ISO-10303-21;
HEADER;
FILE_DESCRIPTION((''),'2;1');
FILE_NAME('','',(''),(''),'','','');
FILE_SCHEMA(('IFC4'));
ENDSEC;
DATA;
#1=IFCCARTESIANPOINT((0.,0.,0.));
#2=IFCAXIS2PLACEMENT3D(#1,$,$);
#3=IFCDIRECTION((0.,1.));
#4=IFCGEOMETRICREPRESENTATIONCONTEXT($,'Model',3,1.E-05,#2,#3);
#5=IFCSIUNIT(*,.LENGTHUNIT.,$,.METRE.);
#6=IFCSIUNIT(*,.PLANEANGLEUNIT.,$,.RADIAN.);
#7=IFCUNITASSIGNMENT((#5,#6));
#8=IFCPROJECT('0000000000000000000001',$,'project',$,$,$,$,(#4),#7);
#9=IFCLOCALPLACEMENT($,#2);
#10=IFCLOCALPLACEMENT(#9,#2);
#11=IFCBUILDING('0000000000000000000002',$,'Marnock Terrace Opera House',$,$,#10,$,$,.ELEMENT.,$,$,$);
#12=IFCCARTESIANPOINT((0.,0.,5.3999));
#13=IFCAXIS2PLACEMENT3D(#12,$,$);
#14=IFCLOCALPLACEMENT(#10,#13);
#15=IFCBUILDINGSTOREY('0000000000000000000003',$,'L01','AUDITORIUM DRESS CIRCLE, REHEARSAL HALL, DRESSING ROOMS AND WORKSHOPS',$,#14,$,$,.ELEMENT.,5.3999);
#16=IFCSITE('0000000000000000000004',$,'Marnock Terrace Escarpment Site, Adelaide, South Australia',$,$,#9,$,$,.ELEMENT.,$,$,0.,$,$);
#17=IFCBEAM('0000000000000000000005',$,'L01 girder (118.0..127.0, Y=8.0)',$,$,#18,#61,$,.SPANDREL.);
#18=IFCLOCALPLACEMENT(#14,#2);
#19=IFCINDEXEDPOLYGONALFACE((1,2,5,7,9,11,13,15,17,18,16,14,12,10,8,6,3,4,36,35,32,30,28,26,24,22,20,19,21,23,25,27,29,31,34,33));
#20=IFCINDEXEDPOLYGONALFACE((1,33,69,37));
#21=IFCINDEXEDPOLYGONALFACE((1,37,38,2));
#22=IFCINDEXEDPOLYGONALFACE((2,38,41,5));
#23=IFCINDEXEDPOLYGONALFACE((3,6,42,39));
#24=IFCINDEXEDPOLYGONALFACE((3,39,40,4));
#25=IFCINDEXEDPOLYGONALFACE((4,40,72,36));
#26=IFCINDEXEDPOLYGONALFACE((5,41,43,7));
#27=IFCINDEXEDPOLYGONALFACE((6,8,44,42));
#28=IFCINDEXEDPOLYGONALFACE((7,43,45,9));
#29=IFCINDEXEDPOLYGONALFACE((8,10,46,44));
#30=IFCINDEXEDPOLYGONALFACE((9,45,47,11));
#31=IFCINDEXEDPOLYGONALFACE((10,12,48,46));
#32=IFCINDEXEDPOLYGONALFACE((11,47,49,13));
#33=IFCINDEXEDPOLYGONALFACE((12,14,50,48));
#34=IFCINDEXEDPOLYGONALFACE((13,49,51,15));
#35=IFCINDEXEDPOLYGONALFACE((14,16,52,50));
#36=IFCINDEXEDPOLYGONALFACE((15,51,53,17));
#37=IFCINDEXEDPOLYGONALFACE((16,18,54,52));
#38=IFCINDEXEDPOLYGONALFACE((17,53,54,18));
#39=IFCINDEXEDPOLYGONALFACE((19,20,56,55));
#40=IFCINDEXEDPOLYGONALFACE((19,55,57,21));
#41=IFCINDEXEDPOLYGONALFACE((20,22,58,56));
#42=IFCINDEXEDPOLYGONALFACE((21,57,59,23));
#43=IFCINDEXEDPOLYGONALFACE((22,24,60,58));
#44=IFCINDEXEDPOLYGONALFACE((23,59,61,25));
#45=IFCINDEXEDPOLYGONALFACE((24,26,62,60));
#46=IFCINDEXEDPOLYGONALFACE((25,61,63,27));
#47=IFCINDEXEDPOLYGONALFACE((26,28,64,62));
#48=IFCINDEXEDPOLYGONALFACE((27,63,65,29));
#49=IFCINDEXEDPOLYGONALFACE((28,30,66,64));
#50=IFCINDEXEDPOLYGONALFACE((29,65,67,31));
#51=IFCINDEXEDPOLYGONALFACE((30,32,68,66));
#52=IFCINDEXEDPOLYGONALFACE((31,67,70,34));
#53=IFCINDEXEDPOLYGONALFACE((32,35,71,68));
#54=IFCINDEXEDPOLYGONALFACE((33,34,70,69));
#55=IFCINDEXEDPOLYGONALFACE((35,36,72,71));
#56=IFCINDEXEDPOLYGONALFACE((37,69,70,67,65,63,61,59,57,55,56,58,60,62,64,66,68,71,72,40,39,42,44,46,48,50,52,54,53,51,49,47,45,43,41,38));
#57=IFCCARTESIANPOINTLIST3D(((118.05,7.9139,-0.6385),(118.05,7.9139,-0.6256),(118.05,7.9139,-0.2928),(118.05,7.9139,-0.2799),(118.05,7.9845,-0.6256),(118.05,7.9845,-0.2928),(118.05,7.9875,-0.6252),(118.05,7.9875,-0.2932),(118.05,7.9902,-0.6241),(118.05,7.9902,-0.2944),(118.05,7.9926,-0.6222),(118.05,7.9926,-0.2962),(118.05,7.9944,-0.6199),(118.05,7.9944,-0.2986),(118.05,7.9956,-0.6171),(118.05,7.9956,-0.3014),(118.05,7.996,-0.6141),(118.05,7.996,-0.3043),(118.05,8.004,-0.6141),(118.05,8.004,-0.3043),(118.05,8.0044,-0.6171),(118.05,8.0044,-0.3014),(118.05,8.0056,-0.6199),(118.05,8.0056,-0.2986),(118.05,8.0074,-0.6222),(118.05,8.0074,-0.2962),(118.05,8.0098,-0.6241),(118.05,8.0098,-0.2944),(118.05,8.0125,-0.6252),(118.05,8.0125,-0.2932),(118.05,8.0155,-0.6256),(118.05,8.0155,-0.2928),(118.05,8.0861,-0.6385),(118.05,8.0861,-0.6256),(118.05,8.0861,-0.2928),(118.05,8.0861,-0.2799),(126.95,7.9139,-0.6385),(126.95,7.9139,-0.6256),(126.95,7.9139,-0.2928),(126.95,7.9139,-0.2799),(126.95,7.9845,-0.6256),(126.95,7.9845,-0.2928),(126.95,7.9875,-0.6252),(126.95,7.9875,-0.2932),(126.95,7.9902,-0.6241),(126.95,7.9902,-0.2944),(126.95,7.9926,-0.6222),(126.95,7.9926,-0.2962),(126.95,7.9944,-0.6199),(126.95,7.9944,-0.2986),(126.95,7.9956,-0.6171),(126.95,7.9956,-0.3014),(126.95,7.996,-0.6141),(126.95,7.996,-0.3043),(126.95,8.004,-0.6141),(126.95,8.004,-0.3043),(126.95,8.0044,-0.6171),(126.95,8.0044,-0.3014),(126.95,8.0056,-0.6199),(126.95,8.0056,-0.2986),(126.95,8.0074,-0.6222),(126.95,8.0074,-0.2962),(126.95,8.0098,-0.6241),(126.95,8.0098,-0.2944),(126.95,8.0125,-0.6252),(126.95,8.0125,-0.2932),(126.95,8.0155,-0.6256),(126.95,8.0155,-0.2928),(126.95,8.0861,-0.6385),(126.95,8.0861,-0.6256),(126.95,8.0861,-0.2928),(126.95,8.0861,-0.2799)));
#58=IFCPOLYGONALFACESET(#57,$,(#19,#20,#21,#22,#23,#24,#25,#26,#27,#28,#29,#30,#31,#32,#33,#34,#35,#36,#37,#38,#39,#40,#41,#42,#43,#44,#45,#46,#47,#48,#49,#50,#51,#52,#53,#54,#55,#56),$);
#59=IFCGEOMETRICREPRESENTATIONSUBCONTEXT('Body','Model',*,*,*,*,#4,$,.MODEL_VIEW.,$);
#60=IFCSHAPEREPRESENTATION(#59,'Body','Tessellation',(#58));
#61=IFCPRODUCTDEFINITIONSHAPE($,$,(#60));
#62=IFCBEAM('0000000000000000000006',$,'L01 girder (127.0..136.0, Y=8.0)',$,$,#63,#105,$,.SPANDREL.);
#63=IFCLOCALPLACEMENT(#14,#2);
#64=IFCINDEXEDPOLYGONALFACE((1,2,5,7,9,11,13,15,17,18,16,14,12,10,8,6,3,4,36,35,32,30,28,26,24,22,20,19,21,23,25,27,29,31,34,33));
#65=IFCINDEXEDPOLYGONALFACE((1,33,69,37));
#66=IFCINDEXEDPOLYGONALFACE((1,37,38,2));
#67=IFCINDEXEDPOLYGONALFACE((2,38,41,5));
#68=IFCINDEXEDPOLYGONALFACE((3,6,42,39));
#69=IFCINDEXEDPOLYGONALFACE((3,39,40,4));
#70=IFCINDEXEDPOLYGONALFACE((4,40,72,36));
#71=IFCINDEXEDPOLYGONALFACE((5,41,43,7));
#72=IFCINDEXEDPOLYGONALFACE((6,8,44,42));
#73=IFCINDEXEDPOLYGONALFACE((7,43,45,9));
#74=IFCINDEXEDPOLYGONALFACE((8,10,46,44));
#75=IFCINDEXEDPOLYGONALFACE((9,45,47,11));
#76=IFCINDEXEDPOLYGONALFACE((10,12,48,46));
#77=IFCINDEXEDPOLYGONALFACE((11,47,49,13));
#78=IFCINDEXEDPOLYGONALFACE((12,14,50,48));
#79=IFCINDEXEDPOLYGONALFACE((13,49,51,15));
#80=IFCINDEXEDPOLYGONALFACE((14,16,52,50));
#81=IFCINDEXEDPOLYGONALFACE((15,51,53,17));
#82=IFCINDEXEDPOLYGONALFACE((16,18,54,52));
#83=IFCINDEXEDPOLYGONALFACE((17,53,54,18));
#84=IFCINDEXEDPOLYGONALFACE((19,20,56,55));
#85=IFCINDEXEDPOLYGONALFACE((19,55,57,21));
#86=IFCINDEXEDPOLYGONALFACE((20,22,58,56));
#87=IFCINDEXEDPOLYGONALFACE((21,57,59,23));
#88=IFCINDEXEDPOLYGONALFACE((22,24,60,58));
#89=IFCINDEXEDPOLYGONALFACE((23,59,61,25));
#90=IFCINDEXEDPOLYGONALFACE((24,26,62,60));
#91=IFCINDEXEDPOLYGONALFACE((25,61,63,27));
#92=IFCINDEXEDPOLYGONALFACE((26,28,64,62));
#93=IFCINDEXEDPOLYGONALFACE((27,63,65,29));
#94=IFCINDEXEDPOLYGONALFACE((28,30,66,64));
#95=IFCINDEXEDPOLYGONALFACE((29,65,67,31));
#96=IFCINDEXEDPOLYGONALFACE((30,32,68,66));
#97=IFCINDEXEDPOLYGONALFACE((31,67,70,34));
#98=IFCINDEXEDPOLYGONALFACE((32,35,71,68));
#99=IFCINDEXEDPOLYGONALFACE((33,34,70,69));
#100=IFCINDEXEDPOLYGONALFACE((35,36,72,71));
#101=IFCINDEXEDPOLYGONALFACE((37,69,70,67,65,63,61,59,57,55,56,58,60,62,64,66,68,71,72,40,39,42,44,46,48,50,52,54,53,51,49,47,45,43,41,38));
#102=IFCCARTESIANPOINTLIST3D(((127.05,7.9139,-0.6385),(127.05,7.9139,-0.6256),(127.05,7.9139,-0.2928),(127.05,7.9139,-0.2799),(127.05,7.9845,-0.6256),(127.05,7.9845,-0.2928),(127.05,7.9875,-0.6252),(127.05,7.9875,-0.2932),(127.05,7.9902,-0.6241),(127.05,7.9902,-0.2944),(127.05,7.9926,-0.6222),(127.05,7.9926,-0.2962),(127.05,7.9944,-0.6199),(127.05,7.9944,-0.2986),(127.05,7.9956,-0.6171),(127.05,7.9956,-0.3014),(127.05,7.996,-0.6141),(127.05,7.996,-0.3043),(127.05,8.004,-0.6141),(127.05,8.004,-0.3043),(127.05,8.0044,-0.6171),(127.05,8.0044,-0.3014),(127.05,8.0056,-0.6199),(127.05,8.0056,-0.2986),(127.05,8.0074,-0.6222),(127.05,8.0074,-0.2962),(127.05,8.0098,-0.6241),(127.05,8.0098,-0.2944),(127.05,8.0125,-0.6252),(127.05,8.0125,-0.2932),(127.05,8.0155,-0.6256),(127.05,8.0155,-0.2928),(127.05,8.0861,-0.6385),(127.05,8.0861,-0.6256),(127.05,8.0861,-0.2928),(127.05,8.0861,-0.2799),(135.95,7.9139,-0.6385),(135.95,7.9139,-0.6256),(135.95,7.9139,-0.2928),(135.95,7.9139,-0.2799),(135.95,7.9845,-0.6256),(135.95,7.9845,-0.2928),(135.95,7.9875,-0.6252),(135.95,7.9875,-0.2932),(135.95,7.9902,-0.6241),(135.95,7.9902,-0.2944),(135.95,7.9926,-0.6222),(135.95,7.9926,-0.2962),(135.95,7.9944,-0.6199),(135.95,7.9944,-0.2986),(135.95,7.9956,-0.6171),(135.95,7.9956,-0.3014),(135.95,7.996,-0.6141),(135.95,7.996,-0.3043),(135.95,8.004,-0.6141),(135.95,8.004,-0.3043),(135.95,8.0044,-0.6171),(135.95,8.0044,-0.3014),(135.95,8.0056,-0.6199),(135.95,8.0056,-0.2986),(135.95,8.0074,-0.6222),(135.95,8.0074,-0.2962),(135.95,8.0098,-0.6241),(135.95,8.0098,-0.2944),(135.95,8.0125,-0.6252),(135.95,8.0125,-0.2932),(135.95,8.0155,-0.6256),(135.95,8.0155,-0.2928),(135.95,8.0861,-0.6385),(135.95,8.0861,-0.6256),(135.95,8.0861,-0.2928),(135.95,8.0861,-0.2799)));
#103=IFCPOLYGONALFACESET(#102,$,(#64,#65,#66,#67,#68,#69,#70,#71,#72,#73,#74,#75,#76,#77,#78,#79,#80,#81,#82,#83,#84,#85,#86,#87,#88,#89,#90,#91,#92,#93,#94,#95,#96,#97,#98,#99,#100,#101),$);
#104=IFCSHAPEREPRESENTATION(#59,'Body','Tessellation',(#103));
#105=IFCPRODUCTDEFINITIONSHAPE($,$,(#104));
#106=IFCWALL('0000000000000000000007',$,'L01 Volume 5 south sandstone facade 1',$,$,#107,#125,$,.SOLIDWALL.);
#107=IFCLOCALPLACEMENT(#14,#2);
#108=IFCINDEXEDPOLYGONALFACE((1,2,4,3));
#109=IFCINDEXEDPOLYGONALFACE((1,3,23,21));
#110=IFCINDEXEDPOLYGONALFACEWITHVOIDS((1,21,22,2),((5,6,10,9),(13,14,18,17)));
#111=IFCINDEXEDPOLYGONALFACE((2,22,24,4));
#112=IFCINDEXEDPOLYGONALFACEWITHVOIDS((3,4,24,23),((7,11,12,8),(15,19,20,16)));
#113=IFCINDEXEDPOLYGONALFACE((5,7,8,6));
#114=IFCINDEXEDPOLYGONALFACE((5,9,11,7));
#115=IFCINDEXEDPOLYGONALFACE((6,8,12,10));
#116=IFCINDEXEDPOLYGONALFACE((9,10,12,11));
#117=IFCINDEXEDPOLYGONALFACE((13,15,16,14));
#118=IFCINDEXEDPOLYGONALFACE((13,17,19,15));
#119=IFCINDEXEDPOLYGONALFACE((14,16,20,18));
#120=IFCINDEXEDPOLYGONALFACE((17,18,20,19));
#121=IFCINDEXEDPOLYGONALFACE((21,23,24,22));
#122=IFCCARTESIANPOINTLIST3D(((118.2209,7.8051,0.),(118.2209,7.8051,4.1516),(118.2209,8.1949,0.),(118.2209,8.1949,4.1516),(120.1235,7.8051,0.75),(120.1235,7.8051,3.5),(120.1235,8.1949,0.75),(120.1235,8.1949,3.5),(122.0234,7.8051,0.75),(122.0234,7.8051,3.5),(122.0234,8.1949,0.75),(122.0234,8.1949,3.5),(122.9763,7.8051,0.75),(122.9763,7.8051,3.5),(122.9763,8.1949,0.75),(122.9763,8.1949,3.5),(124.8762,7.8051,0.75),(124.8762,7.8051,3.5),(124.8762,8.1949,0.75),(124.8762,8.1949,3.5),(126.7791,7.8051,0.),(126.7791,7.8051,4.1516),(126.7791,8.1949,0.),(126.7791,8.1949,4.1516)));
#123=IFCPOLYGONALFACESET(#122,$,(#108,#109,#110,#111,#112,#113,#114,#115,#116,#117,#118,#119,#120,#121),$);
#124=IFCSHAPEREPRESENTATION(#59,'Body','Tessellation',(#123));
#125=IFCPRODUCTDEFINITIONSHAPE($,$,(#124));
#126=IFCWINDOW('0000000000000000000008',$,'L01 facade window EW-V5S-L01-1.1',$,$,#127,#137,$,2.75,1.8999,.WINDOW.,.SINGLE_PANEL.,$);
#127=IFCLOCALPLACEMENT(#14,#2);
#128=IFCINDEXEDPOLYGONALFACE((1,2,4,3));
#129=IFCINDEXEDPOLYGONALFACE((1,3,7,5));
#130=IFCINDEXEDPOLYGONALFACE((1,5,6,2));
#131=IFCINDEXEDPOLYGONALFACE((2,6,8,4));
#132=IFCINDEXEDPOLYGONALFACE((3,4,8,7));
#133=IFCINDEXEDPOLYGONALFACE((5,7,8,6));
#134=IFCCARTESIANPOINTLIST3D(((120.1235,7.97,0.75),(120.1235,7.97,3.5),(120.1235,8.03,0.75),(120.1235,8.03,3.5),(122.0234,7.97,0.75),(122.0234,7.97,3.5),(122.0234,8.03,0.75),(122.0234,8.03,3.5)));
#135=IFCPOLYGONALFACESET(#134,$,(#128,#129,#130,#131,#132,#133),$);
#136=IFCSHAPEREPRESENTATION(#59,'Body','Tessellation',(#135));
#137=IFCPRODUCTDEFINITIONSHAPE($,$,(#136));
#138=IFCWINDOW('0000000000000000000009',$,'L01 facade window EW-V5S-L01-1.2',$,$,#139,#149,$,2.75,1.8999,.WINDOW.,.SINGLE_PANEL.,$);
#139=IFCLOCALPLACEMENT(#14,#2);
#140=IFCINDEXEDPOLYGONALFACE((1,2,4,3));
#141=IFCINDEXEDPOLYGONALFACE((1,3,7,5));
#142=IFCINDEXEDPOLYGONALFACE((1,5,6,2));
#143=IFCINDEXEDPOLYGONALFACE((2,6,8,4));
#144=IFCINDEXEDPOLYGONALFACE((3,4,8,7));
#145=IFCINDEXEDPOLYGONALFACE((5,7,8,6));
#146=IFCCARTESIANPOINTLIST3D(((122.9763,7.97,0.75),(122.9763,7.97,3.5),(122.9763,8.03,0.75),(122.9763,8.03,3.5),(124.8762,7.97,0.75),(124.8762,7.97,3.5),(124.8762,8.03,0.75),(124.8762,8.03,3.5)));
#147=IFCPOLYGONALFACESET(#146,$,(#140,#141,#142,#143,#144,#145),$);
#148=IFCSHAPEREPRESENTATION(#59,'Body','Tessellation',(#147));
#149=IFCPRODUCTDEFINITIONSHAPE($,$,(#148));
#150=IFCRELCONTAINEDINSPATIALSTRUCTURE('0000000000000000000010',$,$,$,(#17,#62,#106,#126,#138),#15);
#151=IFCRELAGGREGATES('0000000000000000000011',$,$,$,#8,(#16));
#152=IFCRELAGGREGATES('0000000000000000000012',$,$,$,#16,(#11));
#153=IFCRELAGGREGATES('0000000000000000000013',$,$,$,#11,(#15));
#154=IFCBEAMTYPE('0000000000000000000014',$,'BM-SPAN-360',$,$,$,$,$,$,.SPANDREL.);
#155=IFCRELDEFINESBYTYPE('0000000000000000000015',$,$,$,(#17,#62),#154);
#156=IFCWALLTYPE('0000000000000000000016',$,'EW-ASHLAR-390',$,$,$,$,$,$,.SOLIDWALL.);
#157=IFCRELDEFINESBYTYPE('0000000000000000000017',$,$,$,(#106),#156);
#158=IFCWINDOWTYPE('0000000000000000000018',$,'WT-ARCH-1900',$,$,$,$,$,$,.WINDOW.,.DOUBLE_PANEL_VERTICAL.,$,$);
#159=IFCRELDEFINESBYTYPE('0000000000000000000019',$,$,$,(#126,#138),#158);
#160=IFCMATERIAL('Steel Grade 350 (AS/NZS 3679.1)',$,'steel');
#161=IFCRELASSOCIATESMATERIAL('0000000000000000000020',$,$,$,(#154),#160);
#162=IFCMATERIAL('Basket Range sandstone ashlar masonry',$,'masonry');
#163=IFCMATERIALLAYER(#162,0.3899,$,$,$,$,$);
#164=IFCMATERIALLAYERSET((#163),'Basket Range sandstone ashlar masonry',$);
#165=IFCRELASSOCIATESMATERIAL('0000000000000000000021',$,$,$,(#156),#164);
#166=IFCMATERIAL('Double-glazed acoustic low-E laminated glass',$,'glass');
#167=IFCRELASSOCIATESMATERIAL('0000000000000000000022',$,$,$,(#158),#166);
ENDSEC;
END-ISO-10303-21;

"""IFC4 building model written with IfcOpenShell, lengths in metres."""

from ifc_helpers import new_model, si_unit, direction, frame, frame_2d, origin, origin_2d, place, context, subcontext, project, spatial, rectangle, i_section, extrude, material, layer, layer_set, material_profile, profile_set, type_object, element, fill, save


model = new_model("IFC4")

# Units and contexts
model_context = context("Model", 3, precision=1e-05, world=origin(), true_north=direction((0.0, 1.0)))
body_context = subcontext(model_context, "Body", "Model", "MODEL_VIEW")
ifc_project = project(units=[si_unit("LENGTHUNIT", "METRE"), si_unit("PLANEANGLEUNIT", "RADIAN")], contexts=[model_context])

# Site, building, storey
site_placement = place(None, origin())
site = spatial("IfcSite", under=ifc_project, at=site_placement, Name="Marnock Terrace Escarpment Site, Adelaide, South Australia", CompositionType="ELEMENT", RefElevation=0.0)
building_placement = place(site_placement, origin())
building = spatial("IfcBuilding", under=site, at=building_placement, Name="Marnock Terrace Opera House", CompositionType="ELEMENT")
storey_placement = place(building_placement, frame((0.0, 0.0, 5.3999)))
storey = spatial("IfcBuildingStorey", under=building, at=storey_placement, Name="L01", Description="AUDITORIUM DRESS CIRCLE, REHEARSAL HALL, DRESSING ROOMS AND WORKSHOPS", CompositionType="ELEMENT", Elevation=5.3999)

# Beams
ifc_material_1 = material(Name="Steel Grade 350 (AS/NZS 3679.1)", Category="steel")
ifc_material_profile_1 = material_profile(ifc_material_1, i_section(OverallWidth=0.1721, OverallDepth=0.3586, WebThickness=0.0081, FlangeThickness=0.0129, FilletRadius=0.0115, at=origin_2d()))
ifc_profile_set_1 = profile_set([ifc_material_profile_1], Name="Steel Grade 350 (AS/NZS 3679.1)")
beam_type_1 = type_object("IfcBeamType", Name="BM-SPAN-360", PredefinedType="SPANDREL", material=ifc_profile_set_1)
for number, where, z_axis, x_axis, name in (
    (1, (118.05, 8.0, -0.4592), (1.0, 0.0, 0.0), (0.0, 1.0, 0.0), "L01 girder (118.0..127.0, Y=8.0)"),
    (2, (127.05, 8.0, -0.4592), (1.0, 0.0, 0.0), (0.0, 1.0, 0.0), "L01 girder (127.0..136.0, Y=8.0)"),
):
    element("IfcBeam", number, at=place(storey_placement, frame(where, z_axis=z_axis, x_axis=x_axis)), inside=storey, type_object=beam_type_1, Name=name, PredefinedType="SPANDREL", context=body_context, shape_type="SweptSolid", body=[
        extrude(i_section(OverallWidth=0.1721, OverallDepth=0.3586, WebThickness=0.0081, FlangeThickness=0.0129, FilletRadius=0.0115, at=origin_2d()), origin(), (0.0, 0.0, 1.0), 8.8999),
    ])

# Wall, openings, windows
ifc_material_2 = material(Name="Basket Range sandstone ashlar masonry", Category="masonry")
ifc_layer = layer(ifc_material_2, 0.3899)
ifc_layer_set = layer_set([ifc_layer], Name="Basket Range sandstone ashlar masonry")
wall_type = type_object("IfcWallType", Name="EW-ASHLAR-390", PredefinedType="SOLIDWALL", material=ifc_layer_set)
wall_1_placement = place(storey_placement, frame((118.2209, 8.0, 0.0), z_axis=(0.0, 0.0, 1.0), x_axis=(1.0, 0.0, 0.0)))
wall_1 = element("IfcWall", 3, at=wall_1_placement, inside=storey, type_object=wall_type, Name="L01 Volume 5 south sandstone facade 1", PredefinedType="SOLIDWALL", context=body_context, shape_type="SweptSolid", body=[
    extrude(rectangle(XDim=8.5581, YDim=0.3899, at=frame_2d((4.2791, 0.0))), origin(), (0.0, 0.0, 1.0), 4.1516),
])
opening_1_placement = place(wall_1_placement, frame((1.9026, 0.0, 0.75)))
opening_1 = element("IfcOpeningElement", 4, at=opening_1_placement, cuts=wall_1, PredefinedType="OPENING", context=body_context, shape_type="SweptSolid", body=[
    extrude(rectangle(XDim=1.8999, YDim=2.75, at=frame_2d((0.95, 1.375))), frame((0.0, 0.2048, 0.0), z_axis=(0.0, -1.0, 0.0), x_axis=(1.0, 0.0, 0.0)), (0.0, 0.0, 1.0), 0.4099),
])
opening_2_placement = place(wall_1_placement, frame((4.7554, 0.0, 0.75)))
opening_2 = element("IfcOpeningElement", 5, at=opening_2_placement, cuts=wall_1, PredefinedType="OPENING", context=body_context, shape_type="SweptSolid", body=[
    extrude(rectangle(XDim=1.8999, YDim=2.75, at=frame_2d((0.95, 1.375))), frame((0.0, 0.2048, 0.0), z_axis=(0.0, -1.0, 0.0), x_axis=(1.0, 0.0, 0.0)), (0.0, 0.0, 1.0), 0.4099),
])
ifc_material_3 = material(Name="Double-glazed acoustic low-E laminated glass", Category="glass")
window_type = type_object("IfcWindowType", Name="WT-ARCH-1900", PartitioningType="DOUBLE_PANEL_VERTICAL", PredefinedType="WINDOW", material=ifc_material_3)
window_1_placement = place(opening_1_placement, origin())
window_1 = element("IfcWindow", 6, at=window_1_placement, inside=storey, type_object=window_type, Name="L01 facade window EW-V5S-L01-1.1", OverallHeight=2.75, OverallWidth=1.8999, PartitioningType="SINGLE_PANEL", PredefinedType="WINDOW", context=body_context, shape_type="SweptSolid", body=[
    extrude(rectangle(XDim=1.8999, YDim=2.75, at=frame_2d((0.95, 1.375))), frame((0.0, 0.03, 0.0), z_axis=(0.0, -1.0, 0.0), x_axis=(1.0, 0.0, 0.0)), (0.0, 0.0, 1.0), 0.0601),
])
fill(opening_1, window_1)
window_2_placement = place(opening_2_placement, origin())
window_2 = element("IfcWindow", 7, at=window_2_placement, inside=storey, type_object=window_type, Name="L01 facade window EW-V5S-L01-1.2", OverallHeight=2.75, OverallWidth=1.8999, PartitioningType="SINGLE_PANEL", PredefinedType="WINDOW", context=body_context, shape_type="SweptSolid", body=[
    extrude(rectangle(XDim=1.8999, YDim=2.75, at=frame_2d((0.95, 1.375))), frame((0.0, 0.03, 0.0), z_axis=(0.0, -1.0, 0.0), x_axis=(1.0, 0.0, 0.0)), (0.0, 0.0, 1.0), 0.0601),
])
fill(opening_2, window_2)

save(model, "model.ifc")
